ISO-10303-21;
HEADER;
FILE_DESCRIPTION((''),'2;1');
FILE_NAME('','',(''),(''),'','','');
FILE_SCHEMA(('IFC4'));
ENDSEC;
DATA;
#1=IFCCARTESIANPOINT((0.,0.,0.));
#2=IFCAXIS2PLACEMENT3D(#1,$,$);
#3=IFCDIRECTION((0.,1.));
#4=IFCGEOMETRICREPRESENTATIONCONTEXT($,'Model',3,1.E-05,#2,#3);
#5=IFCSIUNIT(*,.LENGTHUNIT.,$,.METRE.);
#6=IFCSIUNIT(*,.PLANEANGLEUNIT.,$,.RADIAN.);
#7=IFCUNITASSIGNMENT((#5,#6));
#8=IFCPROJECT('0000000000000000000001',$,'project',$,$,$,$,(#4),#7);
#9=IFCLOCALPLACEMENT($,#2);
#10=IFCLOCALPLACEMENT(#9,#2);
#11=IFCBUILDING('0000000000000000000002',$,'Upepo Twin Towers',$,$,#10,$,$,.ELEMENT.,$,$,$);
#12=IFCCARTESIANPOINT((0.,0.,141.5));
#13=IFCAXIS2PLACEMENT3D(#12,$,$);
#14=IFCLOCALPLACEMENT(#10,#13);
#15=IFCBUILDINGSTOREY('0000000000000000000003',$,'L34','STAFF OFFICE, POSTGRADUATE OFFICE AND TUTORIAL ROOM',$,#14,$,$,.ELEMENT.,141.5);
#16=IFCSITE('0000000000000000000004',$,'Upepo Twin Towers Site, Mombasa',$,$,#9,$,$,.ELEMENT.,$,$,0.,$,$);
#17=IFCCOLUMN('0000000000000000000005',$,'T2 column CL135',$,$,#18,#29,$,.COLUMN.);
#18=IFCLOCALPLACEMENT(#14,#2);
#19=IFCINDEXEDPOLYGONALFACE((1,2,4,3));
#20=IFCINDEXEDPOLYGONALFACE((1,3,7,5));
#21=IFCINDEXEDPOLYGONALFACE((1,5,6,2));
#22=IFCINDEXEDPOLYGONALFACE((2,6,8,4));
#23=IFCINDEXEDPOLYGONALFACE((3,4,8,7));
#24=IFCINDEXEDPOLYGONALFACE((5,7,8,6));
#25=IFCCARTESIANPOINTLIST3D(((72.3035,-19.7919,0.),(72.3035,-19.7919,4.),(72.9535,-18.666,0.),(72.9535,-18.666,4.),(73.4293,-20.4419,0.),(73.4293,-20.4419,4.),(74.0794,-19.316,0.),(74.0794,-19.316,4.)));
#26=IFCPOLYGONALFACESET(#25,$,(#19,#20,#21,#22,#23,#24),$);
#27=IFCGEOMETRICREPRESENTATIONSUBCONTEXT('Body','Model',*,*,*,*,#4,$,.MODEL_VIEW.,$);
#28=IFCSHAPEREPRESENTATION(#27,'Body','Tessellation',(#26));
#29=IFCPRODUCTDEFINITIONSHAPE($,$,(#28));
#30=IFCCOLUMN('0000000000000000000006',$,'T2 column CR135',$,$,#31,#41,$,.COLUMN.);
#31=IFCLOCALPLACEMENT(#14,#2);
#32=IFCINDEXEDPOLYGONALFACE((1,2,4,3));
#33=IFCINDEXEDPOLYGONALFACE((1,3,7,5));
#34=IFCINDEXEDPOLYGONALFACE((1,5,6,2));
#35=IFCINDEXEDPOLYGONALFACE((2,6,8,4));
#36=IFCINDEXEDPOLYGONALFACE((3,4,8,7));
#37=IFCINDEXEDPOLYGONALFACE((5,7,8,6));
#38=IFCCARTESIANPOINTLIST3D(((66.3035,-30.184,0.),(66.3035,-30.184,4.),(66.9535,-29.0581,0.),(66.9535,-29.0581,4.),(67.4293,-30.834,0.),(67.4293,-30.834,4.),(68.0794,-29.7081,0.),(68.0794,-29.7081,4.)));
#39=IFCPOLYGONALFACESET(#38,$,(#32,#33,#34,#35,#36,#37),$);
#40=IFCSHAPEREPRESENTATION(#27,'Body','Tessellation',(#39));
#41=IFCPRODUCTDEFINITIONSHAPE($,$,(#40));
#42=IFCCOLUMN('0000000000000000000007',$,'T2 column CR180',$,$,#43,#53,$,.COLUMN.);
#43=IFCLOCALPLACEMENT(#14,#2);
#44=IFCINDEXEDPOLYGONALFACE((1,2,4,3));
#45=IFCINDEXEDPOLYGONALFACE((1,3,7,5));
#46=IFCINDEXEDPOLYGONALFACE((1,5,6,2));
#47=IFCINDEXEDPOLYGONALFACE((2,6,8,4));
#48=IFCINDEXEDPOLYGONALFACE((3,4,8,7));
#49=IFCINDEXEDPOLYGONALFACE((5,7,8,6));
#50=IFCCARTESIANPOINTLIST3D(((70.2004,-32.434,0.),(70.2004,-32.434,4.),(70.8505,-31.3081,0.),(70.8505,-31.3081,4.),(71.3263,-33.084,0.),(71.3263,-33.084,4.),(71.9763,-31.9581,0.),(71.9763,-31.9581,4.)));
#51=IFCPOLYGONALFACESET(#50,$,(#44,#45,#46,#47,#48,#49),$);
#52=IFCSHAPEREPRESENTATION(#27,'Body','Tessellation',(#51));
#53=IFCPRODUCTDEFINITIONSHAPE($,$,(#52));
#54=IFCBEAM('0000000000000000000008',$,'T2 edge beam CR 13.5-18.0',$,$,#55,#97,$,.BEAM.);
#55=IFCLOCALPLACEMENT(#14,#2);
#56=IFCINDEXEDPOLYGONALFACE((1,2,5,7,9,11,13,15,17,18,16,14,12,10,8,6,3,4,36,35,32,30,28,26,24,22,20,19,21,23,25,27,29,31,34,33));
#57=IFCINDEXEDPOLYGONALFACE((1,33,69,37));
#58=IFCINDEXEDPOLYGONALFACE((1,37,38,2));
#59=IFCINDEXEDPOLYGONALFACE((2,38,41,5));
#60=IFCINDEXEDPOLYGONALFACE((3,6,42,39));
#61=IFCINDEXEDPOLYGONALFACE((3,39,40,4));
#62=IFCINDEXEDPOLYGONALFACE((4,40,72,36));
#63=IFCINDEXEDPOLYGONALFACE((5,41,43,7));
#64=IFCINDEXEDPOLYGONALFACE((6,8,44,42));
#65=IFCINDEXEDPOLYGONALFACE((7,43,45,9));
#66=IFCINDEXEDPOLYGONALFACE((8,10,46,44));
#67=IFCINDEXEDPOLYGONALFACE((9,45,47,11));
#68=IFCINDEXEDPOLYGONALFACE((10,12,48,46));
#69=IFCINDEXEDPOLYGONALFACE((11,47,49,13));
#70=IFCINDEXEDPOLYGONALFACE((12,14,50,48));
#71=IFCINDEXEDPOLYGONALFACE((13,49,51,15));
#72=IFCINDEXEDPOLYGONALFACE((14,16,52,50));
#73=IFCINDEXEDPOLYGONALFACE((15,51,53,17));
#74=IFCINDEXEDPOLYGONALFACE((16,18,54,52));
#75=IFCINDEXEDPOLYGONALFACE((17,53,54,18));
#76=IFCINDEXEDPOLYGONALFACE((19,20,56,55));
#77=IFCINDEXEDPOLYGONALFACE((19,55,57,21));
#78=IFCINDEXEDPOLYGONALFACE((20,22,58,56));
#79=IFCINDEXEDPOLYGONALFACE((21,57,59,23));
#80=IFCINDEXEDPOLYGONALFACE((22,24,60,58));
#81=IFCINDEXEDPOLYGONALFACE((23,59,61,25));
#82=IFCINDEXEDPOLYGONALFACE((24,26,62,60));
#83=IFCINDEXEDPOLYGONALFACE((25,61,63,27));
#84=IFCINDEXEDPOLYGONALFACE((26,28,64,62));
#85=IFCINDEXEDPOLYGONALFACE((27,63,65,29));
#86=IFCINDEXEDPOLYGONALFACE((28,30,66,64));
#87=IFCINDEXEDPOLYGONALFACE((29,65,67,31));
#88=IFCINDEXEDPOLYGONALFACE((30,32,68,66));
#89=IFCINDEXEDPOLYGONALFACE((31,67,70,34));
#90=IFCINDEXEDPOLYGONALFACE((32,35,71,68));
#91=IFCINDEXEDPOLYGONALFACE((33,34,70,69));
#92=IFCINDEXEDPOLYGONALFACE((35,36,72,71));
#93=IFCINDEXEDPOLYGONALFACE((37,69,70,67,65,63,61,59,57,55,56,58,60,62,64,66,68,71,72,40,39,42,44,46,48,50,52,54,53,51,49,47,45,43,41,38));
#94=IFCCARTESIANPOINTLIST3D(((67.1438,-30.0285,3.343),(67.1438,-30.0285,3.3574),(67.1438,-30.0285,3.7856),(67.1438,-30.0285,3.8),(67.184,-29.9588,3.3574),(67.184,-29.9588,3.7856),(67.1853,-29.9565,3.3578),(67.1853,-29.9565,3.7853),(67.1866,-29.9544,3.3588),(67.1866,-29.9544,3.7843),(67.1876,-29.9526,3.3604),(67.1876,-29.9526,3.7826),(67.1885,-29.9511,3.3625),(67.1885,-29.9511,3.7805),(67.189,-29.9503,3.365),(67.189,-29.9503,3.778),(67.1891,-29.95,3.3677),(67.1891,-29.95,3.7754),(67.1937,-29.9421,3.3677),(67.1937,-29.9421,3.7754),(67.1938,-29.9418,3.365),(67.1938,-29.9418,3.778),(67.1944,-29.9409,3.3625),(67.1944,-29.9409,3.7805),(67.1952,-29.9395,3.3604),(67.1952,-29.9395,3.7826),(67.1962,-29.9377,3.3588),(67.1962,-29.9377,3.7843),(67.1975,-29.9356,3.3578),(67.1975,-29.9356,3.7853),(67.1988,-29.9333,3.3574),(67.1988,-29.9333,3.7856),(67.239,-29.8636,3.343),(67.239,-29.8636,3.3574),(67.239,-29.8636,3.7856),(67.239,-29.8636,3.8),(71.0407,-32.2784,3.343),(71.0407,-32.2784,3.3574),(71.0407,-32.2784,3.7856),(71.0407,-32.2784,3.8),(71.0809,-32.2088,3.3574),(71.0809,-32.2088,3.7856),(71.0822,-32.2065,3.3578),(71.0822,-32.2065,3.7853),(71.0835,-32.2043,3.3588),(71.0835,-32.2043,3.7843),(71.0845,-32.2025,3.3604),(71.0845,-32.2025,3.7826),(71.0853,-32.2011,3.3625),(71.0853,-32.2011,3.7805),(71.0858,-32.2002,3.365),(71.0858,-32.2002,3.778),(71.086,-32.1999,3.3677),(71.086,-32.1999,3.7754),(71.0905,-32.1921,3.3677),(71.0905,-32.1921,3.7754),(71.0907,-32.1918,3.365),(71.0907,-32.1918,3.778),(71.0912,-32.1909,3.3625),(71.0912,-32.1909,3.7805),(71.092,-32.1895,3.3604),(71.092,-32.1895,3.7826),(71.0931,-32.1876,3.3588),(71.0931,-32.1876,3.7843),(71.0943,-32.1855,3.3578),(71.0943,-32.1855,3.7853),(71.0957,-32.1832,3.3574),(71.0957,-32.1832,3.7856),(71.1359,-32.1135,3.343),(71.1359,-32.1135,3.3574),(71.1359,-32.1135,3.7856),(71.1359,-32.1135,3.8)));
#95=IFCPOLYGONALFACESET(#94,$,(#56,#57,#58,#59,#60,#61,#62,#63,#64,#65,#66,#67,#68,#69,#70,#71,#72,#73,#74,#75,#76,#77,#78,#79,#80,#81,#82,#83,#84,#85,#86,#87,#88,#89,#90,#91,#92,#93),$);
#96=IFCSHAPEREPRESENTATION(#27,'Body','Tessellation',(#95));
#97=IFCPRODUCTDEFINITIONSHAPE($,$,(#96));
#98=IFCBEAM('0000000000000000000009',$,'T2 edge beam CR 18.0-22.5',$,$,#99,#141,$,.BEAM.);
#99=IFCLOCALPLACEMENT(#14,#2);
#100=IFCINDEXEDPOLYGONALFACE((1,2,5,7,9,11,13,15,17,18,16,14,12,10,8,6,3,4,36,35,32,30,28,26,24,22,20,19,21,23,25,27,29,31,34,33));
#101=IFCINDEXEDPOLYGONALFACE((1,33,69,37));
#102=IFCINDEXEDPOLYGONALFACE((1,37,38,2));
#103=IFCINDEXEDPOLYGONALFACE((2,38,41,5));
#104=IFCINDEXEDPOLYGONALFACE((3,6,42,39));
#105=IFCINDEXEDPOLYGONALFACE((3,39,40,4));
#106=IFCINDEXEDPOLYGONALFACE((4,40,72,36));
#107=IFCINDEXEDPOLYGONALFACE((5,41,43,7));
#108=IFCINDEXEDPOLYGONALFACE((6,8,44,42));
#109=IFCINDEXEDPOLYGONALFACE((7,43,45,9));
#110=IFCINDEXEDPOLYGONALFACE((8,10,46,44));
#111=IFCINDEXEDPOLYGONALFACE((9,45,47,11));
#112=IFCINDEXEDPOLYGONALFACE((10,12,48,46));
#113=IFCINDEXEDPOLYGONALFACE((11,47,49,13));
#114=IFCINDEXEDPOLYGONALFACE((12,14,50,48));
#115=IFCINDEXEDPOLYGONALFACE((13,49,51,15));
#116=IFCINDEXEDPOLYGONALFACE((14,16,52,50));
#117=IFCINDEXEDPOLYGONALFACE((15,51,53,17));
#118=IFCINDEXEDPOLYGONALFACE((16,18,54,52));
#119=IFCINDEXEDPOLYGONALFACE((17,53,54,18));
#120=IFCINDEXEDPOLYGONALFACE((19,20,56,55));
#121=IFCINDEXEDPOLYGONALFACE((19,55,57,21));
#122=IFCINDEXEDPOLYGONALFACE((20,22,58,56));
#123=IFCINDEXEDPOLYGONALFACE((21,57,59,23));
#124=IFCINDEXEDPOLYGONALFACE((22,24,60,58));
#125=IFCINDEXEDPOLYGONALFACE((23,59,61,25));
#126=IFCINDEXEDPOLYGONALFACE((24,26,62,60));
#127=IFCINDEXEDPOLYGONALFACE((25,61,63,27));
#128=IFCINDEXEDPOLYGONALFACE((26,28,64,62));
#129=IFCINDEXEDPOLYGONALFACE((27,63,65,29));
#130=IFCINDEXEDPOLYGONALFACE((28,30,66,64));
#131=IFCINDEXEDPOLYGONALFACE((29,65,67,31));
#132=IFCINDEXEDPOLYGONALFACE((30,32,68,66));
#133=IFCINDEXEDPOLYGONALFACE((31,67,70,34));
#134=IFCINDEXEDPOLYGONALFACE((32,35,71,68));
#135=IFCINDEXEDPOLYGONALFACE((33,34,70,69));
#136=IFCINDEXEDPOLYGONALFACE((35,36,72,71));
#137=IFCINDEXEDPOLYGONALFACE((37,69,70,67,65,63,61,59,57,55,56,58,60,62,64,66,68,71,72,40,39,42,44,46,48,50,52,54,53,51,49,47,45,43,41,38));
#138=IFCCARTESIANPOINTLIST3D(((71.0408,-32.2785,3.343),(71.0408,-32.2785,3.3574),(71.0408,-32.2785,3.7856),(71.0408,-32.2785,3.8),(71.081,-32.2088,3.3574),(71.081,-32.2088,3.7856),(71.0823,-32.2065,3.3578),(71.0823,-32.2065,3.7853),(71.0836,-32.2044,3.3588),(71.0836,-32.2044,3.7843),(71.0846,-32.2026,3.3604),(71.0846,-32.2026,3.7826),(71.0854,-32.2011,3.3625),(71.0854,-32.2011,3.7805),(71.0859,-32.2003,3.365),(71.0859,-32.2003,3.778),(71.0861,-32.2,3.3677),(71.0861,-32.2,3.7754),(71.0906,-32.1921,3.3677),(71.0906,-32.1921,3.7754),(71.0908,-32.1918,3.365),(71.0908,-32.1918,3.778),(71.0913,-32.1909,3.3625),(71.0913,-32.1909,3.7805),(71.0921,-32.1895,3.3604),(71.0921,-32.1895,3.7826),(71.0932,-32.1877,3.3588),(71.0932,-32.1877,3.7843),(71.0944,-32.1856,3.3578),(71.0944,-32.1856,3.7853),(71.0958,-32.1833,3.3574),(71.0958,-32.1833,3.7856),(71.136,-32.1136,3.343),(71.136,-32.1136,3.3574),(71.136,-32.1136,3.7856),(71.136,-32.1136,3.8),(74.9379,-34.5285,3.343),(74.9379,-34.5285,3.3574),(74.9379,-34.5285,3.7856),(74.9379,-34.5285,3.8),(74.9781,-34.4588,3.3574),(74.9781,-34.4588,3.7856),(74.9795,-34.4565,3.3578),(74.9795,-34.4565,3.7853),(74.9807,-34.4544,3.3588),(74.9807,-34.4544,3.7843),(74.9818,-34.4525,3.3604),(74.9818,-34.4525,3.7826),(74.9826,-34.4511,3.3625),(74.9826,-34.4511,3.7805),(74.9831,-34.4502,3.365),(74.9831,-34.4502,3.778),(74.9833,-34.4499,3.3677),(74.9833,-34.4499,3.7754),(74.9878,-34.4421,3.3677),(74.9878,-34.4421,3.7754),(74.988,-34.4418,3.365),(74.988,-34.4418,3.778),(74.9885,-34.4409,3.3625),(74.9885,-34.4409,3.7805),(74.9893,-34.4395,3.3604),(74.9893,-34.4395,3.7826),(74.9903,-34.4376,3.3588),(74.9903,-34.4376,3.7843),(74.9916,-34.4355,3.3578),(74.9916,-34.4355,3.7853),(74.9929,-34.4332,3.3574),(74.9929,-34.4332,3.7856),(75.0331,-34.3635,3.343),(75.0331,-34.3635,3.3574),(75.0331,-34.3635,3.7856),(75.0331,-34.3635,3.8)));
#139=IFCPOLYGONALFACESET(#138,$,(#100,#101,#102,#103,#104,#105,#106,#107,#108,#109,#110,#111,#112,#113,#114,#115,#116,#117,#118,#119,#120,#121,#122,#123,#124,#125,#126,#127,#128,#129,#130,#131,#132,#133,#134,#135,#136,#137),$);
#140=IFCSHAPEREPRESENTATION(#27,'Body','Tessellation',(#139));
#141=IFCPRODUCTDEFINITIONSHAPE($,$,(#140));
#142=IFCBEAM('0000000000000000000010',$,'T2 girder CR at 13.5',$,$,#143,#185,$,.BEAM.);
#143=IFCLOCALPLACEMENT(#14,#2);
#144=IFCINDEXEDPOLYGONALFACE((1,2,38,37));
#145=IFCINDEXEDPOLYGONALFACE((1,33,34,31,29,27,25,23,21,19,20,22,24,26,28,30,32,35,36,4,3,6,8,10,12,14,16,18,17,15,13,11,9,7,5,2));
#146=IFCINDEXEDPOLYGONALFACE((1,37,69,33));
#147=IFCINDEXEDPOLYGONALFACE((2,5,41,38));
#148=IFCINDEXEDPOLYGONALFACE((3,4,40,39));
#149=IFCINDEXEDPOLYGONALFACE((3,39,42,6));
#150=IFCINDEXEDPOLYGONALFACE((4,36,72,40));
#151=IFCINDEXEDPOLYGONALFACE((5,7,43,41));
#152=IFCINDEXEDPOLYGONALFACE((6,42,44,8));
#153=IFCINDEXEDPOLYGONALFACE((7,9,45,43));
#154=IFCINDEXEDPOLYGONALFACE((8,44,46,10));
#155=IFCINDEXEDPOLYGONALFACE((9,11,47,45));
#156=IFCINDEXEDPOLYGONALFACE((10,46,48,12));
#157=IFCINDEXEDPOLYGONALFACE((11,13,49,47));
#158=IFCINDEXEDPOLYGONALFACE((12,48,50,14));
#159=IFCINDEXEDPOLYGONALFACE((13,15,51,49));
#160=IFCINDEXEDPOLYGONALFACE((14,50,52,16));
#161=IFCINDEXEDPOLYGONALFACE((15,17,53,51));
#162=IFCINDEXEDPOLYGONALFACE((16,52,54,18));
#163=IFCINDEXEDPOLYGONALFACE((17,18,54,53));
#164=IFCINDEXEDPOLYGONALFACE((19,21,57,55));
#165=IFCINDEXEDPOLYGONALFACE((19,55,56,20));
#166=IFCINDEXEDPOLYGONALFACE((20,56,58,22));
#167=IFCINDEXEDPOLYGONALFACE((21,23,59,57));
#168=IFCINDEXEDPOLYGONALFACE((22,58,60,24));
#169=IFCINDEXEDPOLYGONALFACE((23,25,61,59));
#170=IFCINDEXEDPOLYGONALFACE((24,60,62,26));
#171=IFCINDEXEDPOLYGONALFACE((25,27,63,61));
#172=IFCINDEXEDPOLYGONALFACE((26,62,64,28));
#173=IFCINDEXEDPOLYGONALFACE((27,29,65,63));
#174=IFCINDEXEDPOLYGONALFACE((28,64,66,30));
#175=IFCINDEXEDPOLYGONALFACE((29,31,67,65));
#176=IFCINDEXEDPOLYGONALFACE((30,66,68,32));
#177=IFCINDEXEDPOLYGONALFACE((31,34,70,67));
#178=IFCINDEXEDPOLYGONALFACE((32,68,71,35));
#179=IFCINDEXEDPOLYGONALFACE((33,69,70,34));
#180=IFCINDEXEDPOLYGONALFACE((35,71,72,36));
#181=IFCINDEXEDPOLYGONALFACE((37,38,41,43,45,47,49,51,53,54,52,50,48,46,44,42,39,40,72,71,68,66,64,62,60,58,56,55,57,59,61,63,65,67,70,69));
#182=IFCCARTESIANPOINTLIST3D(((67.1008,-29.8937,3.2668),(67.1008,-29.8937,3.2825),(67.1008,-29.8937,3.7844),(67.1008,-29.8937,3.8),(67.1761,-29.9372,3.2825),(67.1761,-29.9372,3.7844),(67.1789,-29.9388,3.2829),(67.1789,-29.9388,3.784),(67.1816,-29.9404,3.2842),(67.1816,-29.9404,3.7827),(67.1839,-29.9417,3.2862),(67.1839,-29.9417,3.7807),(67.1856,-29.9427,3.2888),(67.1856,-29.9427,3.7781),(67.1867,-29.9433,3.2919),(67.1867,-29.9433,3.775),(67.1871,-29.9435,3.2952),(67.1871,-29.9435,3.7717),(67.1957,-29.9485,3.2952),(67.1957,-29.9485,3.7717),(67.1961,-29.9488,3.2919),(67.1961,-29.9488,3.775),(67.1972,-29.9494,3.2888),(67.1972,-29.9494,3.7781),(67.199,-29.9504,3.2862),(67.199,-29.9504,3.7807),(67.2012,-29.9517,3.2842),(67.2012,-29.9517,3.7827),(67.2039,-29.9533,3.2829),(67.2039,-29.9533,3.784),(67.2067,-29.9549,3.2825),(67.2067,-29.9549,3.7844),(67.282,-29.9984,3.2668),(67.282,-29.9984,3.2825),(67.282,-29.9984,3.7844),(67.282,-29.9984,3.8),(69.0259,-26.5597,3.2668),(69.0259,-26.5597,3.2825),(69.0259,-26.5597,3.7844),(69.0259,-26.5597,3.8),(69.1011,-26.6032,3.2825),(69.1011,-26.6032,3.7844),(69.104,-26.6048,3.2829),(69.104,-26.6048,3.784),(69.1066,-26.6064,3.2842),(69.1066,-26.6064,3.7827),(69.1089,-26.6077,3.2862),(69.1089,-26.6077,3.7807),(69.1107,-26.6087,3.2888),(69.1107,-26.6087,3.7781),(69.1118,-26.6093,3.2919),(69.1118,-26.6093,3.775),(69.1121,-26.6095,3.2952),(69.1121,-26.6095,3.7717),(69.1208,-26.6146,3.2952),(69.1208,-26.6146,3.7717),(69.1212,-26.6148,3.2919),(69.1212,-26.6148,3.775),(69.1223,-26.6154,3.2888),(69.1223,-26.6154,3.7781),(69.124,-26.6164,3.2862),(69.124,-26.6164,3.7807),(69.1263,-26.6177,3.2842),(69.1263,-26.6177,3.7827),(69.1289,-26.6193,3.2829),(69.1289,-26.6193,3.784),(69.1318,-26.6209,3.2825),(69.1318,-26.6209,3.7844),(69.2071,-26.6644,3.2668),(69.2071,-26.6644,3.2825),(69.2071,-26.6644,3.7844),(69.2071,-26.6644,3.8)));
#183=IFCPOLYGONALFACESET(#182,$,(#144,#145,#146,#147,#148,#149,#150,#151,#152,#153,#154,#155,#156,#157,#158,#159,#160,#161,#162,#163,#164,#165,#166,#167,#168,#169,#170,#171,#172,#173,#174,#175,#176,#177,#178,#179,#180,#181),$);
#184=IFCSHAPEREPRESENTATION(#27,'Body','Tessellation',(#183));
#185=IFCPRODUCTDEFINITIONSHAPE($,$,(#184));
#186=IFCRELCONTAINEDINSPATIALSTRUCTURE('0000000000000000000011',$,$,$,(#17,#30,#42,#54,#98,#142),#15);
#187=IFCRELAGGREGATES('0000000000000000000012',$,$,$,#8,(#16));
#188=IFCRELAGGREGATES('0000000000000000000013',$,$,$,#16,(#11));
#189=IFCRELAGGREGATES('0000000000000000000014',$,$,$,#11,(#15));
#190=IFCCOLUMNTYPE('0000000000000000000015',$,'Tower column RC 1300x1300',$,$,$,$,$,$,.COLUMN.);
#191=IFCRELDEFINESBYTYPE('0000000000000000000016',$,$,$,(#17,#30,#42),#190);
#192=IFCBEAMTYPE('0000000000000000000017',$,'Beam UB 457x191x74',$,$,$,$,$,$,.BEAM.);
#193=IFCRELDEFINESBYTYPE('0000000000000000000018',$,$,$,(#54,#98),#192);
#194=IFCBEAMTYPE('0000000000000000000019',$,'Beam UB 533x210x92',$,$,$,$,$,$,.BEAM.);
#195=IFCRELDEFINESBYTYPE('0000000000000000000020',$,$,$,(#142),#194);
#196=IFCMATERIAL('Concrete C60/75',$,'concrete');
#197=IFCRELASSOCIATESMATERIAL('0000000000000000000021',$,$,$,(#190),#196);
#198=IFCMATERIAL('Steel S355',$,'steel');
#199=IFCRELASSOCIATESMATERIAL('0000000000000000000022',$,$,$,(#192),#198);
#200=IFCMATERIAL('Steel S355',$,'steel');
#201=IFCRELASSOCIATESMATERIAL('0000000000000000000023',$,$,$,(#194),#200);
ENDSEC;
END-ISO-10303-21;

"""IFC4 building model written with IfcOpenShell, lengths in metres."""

from ifc_helpers import new_model, si_unit, direction, frame, origin, origin_2d, place, context, subcontext, project, spatial, rectangle, i_section, extrude, material, material_profile, profile_set, type_object, element, save


model = new_model("IFC4")

# Units and contexts
model_context = context("Model", 3, precision=1e-05, world=origin(), true_north=direction((0.0, 1.0)))
body_context = subcontext(model_context, "Body", "Model", "MODEL_VIEW")
ifc_project = project(units=[si_unit("LENGTHUNIT", "METRE"), si_unit("PLANEANGLEUNIT", "RADIAN")], contexts=[model_context])

# Site, building, storey
site_placement = place(None, origin())
site = spatial("IfcSite", under=ifc_project, at=site_placement, Name="Upepo Twin Towers Site, Mombasa", CompositionType="ELEMENT", RefElevation=0.0)
building_placement = place(site_placement, origin())
building = spatial("IfcBuilding", under=site, at=building_placement, Name="Upepo Twin Towers", CompositionType="ELEMENT")
storey_placement = place(building_placement, frame((0.0, 0.0, 141.5)))
storey = spatial("IfcBuildingStorey", under=building, at=storey_placement, Name="L34", Description="STAFF OFFICE, POSTGRADUATE OFFICE AND TUTORIAL ROOM", CompositionType="ELEMENT", Elevation=141.5)

# Columns
ifc_material_1 = material(Name="Concrete C60/75", Category="concrete")
ifc_material_profile_1 = material_profile(ifc_material_1, rectangle(XDim=1.3, YDim=1.3, at=origin_2d()), Name="RC 1300x1300")
ifc_profile_set_1 = profile_set([ifc_material_profile_1], Name="Concrete C60/75")
column_type = type_object("IfcColumnType", Name="Tower column RC 1300x1300", PredefinedType="COLUMN", material=ifc_profile_set_1)
for number, where, z_axis, x_axis, name in (
    (1, (73.1914, -19.554, 0.0), (0.0, 0.0, 1.0), (0.5, 0.866025, 0.0), "T2 column CL135"),
    (2, (67.1914, -29.946, 0.0), (0.0, 0.0, 1.0), (0.5, 0.866025, 0.0), "T2 column CR135"),
    (3, (71.0884, -32.196, 0.0), (0.0, 0.0, 1.0), (0.5, 0.866025, 0.0), "T2 column CR180"),
):
    element("IfcColumn", number, at=place(storey_placement, frame(where, z_axis=z_axis, x_axis=x_axis)), inside=storey, type_object=column_type, Name=name, PredefinedType="COLUMN", context=body_context, shape_type="SweptSolid", body=[
        extrude(rectangle(XDim=1.3, YDim=1.3, at=origin_2d()), origin(), (0.0, 0.0, 1.0), 4.0),
    ])

# Beams
ifc_material_2 = material(Name="Steel S355", Category="steel")
ifc_material_profile_2 = material_profile(ifc_material_2, i_section(OverallWidth=0.1904, OverallDepth=0.457, WebThickness=0.009, FlangeThickness=0.0144, FilletRadius=0.0103, at=origin_2d()), Name="UB 457x191x74")
ifc_profile_set_2 = profile_set([ifc_material_profile_2], Name="Steel S355")
beam_type_1 = type_object("IfcBeamType", Name="Beam UB 457x191x74", PredefinedType="BEAM", material=ifc_profile_set_2)
beam_1_placement = place(storey_placement, frame((67.1914, -29.946, 3.5715), z_axis=(0.866018, -0.500014, 0.0), x_axis=(0.500014, 0.866018, 0.0)))
element("IfcBeam", 4, at=beam_1_placement, inside=storey, type_object=beam_type_1, Name="T2 edge beam CR 13.5-18.0", PredefinedType="BEAM", context=body_context, shape_type="SweptSolid", body=[
    extrude(i_section(OverallWidth=0.1904, OverallDepth=0.457, WebThickness=0.009, FlangeThickness=0.0144, FilletRadius=0.0103, at=origin_2d()), origin(), (0.0, 0.0, 1.0), 4.4998),
])
beam_2_placement = place(storey_placement, frame((71.0884, -32.196, 3.5715), z_axis=(0.866031, -0.49999, 0.0), x_axis=(0.49999, 0.866031, 0.0)))
element("IfcBeam", 5, at=beam_2_placement, inside=storey, type_object=beam_type_1, Name="T2 edge beam CR 18.0-22.5", PredefinedType="BEAM", context=body_context, shape_type="SweptSolid", body=[
    extrude(i_section(OverallWidth=0.1904, OverallDepth=0.457, WebThickness=0.009, FlangeThickness=0.0144, FilletRadius=0.0103, at=origin_2d()), origin(), (0.0, 0.0, 1.0), 4.5),
])
ifc_material_3 = material(Name="Steel S355", Category="steel")
ifc_material_profile_3 = material_profile(ifc_material_3, i_section(OverallWidth=0.2092, OverallDepth=0.5332, WebThickness=0.01, FlangeThickness=0.0156, FilletRadius=0.0127, at=origin_2d()), Name="UB 533x210x92")
ifc_profile_set_3 = profile_set([ifc_material_profile_3], Name="Steel S355")
beam_type_2 = type_object("IfcBeamType", Name="Beam UB 533x210x92", PredefinedType="BEAM", material=ifc_profile_set_3)
for number, where, z_axis, x_axis, name in (
    (6, (67.1914, -29.946, 3.5334), (0.500034, 0.866006, 0.0), (-0.866006, 0.500034, 0.0), "T2 girder CR at 13.5"),
):
    element("IfcBeam", number, at=place(storey_placement, frame(where, z_axis=z_axis, x_axis=x_axis)), inside=storey, type_object=beam_type_2, Name=name, PredefinedType="BEAM", context=body_context, shape_type="SweptSolid", body=[
        extrude(i_section(OverallWidth=0.2092, OverallDepth=0.5332, WebThickness=0.01, FlangeThickness=0.0156, FilletRadius=0.0127, at=origin_2d()), origin(), (0.0, 0.0, 1.0), 3.8499),
    ])

save(model, "model.ifc")
